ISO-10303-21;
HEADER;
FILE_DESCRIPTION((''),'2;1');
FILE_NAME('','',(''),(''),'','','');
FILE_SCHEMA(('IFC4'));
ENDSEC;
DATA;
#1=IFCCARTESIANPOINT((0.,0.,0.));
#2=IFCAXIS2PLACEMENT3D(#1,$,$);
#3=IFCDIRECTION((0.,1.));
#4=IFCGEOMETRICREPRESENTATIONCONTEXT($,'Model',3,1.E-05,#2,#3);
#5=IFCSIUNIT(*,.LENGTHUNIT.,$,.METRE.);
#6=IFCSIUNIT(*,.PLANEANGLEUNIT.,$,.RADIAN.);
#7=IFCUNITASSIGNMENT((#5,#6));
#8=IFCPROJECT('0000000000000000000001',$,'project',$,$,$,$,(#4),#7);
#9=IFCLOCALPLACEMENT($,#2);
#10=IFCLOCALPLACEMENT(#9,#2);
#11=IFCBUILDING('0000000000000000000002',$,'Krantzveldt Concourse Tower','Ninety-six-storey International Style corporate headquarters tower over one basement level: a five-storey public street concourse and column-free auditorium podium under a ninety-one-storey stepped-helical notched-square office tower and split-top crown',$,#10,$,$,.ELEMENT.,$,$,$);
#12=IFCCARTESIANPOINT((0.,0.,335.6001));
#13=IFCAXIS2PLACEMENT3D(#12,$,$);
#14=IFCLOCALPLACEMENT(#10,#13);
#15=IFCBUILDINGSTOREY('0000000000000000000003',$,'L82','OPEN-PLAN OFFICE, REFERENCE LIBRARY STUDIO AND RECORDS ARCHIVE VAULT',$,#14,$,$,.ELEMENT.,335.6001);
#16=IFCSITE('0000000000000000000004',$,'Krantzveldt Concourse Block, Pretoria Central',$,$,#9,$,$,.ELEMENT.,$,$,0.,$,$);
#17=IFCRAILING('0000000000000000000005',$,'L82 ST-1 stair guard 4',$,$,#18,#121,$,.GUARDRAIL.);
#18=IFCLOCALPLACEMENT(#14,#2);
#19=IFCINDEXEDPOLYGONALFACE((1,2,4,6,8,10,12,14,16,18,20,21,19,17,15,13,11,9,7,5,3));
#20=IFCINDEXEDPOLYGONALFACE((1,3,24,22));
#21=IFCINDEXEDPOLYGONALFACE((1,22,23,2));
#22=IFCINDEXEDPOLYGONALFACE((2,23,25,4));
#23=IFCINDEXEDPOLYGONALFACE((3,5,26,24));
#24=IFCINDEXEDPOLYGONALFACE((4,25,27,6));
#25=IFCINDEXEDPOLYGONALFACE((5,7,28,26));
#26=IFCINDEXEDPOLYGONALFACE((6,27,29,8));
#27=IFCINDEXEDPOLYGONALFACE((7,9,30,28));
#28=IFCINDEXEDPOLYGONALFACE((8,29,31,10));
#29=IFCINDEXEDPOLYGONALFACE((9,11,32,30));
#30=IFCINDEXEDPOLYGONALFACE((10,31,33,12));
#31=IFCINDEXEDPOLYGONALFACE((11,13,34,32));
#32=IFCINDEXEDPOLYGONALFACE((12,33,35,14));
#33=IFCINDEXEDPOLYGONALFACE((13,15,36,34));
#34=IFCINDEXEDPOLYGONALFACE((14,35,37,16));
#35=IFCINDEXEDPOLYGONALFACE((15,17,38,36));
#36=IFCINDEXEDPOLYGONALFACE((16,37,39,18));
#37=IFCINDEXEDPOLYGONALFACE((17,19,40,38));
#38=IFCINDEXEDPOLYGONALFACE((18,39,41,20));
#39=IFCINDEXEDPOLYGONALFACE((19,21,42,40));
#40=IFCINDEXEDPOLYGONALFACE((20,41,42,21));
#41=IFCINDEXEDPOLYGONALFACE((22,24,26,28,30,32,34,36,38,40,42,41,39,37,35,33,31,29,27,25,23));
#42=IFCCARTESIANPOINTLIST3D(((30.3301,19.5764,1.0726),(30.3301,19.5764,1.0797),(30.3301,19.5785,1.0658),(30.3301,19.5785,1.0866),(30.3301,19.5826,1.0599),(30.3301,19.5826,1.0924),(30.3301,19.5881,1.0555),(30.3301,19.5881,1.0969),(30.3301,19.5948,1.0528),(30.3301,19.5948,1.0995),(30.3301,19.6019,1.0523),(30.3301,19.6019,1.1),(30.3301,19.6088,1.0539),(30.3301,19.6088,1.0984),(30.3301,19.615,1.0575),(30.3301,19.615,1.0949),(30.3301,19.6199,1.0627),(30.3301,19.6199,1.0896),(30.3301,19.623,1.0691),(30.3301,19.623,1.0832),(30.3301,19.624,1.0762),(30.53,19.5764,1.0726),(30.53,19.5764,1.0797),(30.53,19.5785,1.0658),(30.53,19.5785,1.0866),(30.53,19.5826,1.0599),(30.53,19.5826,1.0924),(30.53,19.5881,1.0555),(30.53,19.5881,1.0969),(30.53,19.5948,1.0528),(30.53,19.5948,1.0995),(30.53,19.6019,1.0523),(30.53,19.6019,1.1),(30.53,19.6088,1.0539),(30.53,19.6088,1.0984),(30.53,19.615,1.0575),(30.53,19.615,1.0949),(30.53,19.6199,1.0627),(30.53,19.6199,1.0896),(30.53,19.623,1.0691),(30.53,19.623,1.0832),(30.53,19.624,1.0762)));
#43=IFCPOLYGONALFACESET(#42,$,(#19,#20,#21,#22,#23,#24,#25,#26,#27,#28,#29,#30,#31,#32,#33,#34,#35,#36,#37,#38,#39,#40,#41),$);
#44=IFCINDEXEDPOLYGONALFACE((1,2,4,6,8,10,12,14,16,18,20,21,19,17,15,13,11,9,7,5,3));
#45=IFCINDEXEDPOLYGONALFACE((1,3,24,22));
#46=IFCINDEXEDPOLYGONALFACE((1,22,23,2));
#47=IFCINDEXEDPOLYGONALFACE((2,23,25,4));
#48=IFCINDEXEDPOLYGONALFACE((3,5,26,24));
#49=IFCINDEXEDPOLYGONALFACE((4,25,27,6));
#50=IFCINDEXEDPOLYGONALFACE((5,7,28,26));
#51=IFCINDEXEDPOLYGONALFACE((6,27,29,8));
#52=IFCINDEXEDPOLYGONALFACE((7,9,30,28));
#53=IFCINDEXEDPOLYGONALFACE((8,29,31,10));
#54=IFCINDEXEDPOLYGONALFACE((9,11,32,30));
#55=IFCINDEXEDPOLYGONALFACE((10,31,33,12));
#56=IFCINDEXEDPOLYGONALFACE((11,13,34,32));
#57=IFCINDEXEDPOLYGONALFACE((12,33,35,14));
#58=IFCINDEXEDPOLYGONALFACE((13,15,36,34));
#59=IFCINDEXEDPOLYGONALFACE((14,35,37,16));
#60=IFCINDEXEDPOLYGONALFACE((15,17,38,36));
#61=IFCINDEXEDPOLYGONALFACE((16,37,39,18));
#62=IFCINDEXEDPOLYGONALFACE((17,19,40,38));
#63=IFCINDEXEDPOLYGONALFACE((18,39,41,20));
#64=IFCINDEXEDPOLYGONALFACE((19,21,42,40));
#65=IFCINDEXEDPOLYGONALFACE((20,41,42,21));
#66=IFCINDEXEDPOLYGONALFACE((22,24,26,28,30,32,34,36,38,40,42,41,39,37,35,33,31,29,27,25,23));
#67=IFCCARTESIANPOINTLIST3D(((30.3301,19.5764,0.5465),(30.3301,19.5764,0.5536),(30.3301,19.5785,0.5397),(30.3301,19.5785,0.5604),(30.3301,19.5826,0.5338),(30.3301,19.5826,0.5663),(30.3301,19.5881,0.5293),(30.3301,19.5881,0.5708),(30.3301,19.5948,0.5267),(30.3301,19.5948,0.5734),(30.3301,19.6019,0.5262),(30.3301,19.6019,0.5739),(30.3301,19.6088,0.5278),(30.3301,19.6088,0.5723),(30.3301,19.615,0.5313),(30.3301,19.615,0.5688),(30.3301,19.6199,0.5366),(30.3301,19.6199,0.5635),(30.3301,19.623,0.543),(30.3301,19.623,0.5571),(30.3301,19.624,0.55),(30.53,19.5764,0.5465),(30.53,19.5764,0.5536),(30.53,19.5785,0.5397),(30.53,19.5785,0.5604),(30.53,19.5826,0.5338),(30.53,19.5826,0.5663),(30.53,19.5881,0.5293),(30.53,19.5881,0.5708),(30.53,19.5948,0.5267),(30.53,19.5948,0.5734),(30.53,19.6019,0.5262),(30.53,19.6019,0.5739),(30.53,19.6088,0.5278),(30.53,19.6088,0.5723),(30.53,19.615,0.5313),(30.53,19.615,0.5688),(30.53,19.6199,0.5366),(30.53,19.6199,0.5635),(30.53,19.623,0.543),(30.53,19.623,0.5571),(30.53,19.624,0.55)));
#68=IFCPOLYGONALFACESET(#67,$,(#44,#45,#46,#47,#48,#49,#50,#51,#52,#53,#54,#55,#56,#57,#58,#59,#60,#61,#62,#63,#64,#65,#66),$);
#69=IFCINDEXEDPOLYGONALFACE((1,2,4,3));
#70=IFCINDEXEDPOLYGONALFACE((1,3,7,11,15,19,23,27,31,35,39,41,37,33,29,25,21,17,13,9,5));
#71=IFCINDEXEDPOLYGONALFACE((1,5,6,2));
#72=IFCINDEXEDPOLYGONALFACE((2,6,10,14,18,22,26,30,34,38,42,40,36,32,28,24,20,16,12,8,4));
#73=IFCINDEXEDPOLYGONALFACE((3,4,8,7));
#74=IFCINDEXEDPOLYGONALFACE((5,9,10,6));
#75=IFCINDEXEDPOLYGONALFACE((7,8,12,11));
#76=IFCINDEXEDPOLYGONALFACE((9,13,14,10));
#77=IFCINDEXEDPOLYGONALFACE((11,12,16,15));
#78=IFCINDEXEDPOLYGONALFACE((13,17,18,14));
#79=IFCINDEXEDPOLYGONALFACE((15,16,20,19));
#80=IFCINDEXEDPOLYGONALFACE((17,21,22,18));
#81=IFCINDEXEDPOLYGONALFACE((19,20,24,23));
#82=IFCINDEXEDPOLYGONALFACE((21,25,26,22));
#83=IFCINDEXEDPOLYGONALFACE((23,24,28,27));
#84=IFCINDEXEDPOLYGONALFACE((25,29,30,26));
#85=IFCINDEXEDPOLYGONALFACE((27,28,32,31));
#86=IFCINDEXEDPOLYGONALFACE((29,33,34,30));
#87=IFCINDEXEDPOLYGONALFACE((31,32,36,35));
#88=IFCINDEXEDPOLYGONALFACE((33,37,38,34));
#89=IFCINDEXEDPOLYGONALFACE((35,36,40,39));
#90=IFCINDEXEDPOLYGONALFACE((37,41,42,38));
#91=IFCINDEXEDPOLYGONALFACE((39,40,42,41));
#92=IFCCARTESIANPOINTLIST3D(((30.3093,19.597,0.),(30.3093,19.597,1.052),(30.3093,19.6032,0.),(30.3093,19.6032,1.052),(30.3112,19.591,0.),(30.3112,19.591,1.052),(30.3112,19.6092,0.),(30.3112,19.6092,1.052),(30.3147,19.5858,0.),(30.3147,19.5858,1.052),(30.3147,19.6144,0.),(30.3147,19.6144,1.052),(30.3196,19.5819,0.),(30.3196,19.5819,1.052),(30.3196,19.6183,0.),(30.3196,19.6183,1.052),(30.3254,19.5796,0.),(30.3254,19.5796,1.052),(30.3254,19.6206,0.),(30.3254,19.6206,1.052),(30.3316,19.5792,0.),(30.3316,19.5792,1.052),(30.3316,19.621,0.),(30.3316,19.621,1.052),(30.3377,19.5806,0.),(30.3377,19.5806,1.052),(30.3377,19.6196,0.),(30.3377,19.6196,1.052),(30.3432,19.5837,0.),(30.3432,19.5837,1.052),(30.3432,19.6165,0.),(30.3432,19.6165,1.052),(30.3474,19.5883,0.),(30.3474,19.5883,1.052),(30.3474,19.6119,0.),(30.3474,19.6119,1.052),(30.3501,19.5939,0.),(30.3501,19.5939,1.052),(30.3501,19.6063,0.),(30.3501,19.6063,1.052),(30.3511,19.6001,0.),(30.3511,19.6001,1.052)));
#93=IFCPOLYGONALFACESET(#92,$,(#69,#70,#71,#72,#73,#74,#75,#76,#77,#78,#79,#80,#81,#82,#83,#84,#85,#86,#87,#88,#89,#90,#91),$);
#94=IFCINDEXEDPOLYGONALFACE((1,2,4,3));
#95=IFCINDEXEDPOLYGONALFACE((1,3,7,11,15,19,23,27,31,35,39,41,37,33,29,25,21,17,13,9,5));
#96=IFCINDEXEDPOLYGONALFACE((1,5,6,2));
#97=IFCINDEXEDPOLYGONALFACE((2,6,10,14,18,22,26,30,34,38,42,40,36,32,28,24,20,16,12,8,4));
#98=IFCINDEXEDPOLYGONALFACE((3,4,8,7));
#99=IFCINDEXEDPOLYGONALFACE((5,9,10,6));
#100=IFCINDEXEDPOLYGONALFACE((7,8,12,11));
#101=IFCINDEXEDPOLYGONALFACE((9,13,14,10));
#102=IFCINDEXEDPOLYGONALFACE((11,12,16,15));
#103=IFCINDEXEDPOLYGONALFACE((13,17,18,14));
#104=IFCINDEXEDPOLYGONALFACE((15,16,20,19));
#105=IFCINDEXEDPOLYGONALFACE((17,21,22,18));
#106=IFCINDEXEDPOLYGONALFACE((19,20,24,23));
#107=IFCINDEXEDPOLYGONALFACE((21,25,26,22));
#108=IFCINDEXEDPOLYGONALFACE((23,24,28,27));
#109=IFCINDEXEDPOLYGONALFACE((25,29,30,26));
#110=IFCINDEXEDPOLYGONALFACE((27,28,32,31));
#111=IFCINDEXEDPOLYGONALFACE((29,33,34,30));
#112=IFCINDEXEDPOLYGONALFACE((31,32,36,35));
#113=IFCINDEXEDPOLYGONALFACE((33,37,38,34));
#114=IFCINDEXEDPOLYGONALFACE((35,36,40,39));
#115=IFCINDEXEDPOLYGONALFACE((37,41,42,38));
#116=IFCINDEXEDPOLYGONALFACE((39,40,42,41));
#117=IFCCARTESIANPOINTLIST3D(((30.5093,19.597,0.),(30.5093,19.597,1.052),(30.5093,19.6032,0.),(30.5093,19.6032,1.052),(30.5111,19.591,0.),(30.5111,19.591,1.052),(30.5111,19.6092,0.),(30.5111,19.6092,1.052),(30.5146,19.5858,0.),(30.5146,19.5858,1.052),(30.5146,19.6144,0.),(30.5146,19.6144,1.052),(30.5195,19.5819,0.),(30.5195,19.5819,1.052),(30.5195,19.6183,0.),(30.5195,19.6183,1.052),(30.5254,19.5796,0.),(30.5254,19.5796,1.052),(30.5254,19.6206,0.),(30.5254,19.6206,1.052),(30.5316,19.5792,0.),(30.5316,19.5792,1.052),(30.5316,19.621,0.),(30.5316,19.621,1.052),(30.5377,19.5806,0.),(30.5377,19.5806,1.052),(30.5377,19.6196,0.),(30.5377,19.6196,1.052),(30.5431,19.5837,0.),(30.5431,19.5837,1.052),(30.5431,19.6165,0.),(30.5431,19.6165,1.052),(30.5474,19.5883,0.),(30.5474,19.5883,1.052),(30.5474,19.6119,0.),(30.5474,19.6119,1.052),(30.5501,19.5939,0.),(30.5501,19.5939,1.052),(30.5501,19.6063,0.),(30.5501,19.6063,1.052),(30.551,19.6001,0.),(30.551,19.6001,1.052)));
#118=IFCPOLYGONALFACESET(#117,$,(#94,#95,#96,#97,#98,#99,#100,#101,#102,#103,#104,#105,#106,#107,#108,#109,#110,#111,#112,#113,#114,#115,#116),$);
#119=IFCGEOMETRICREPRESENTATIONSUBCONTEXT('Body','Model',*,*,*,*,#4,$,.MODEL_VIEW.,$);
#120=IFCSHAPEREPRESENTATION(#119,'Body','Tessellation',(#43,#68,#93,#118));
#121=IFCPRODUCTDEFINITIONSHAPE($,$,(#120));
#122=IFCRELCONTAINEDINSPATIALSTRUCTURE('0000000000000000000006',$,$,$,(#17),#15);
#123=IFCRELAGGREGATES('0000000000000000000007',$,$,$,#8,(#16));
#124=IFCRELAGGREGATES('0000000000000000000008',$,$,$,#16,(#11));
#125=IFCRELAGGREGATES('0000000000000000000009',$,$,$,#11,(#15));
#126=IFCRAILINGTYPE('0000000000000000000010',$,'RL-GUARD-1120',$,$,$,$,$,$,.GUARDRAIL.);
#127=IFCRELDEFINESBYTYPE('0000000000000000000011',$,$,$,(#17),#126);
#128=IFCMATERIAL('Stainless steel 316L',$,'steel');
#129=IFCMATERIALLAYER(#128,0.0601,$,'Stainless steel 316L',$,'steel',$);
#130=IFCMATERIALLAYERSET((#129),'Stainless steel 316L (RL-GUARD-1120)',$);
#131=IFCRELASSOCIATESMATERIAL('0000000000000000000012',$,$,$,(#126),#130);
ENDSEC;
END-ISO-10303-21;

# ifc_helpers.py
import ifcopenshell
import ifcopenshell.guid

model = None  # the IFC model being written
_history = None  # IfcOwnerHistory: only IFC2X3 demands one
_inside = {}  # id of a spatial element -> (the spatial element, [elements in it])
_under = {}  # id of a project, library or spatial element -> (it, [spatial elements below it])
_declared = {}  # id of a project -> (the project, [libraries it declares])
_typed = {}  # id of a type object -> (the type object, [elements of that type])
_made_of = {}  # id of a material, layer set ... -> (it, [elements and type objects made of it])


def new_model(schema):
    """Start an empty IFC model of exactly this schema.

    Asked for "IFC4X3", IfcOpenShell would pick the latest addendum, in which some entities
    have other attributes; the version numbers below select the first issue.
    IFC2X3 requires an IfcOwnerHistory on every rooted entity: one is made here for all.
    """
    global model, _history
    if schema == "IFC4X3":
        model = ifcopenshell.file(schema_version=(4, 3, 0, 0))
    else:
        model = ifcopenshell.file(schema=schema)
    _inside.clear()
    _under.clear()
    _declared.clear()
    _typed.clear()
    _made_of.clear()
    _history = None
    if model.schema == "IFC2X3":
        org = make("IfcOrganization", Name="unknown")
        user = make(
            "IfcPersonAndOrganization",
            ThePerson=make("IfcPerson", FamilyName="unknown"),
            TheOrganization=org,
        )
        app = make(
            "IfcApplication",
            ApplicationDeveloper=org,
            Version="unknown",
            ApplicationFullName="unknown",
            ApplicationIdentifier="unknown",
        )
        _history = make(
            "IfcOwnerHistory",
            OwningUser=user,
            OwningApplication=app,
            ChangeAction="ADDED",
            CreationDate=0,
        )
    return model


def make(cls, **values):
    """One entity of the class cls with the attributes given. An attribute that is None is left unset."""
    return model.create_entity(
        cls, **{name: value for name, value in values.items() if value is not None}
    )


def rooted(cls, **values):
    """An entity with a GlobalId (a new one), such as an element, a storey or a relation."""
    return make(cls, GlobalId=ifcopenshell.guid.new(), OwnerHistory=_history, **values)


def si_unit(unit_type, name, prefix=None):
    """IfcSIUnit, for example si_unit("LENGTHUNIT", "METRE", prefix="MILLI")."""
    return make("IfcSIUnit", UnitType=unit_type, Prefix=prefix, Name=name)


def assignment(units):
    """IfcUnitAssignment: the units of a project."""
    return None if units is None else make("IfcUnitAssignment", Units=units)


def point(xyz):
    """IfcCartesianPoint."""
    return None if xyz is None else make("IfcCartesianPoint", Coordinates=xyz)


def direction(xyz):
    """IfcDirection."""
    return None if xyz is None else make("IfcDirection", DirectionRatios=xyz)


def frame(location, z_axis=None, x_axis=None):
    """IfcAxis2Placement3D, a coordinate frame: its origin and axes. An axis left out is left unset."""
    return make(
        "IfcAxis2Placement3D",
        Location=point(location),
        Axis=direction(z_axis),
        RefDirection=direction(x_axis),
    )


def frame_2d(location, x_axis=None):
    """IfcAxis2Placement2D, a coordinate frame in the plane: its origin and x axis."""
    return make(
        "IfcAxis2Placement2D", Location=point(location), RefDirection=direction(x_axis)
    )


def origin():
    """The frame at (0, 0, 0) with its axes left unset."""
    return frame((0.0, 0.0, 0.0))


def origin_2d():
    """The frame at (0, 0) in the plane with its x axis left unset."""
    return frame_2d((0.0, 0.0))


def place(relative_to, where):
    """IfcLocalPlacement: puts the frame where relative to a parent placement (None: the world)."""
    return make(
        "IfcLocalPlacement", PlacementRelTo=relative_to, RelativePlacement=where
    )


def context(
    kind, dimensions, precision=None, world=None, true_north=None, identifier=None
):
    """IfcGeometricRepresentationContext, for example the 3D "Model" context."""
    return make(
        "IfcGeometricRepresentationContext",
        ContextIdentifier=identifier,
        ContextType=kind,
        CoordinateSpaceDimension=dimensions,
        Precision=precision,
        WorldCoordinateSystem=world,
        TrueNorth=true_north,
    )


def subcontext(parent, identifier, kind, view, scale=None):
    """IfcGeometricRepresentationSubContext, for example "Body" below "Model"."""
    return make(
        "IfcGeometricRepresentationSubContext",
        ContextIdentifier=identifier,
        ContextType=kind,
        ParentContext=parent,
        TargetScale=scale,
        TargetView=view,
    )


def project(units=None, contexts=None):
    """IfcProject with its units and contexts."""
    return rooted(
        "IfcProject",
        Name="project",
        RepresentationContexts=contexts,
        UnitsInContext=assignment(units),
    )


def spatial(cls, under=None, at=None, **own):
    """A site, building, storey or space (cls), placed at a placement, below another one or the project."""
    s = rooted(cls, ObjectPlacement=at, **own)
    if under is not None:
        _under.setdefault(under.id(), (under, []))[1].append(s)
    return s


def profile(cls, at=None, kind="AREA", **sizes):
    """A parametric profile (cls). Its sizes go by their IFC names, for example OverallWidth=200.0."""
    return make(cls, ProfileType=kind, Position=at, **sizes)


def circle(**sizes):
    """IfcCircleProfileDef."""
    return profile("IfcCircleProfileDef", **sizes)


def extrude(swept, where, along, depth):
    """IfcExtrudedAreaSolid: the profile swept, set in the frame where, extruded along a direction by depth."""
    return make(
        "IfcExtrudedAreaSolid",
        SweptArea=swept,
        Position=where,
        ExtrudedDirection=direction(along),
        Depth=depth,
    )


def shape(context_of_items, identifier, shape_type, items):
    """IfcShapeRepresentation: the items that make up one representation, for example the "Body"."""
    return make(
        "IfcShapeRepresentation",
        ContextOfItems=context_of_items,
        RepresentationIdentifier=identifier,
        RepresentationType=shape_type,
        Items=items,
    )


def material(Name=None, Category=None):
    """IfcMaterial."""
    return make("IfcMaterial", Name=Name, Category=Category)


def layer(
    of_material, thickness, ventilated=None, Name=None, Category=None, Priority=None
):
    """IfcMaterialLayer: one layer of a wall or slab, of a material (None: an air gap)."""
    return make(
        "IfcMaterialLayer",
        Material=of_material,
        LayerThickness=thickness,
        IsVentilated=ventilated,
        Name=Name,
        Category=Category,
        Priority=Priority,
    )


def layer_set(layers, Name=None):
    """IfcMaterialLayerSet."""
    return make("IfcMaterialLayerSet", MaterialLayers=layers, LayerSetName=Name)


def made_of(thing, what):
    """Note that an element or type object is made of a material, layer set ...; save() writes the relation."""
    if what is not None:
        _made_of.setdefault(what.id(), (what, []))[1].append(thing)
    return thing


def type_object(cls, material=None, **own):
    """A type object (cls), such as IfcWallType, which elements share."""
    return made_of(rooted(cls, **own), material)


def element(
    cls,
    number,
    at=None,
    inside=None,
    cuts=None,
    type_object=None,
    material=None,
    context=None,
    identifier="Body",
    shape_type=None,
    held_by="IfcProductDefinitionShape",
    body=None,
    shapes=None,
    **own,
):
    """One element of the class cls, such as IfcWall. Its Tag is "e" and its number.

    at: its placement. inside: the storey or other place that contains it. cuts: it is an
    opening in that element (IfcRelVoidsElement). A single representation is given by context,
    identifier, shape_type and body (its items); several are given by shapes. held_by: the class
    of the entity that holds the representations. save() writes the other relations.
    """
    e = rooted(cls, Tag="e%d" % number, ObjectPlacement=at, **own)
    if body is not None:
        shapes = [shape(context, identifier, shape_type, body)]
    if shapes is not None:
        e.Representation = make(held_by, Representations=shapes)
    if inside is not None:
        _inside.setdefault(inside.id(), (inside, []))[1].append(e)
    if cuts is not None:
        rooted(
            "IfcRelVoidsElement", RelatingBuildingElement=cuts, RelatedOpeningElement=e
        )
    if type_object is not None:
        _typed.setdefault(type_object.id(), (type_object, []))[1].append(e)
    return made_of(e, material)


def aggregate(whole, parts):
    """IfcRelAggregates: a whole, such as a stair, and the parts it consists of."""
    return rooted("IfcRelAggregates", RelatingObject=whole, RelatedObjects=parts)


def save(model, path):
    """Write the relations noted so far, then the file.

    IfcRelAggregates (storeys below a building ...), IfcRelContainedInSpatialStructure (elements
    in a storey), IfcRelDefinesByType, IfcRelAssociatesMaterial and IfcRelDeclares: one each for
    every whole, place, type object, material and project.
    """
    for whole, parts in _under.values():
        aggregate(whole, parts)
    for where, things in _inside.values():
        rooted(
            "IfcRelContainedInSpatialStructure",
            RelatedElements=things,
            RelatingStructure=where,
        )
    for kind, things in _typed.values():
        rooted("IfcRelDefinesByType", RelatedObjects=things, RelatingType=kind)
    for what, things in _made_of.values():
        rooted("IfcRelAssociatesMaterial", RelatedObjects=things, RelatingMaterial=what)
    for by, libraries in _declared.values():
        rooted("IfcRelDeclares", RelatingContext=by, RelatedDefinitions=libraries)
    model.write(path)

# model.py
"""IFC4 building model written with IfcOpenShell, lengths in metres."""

from ifc_helpers import new_model, si_unit, direction, frame, origin, origin_2d, place, context, subcontext, project, spatial, circle, extrude, material, layer, layer_set, type_object, element, save


model = new_model("IFC4")

# Units and contexts
model_context = context("Model", 3, precision=1e-05, world=origin(), true_north=direction((0.0, 1.0)))
body_context = subcontext(model_context, "Body", "Model", "MODEL_VIEW")
ifc_project = project(units=[si_unit("LENGTHUNIT", "METRE"), si_unit("PLANEANGLEUNIT", "RADIAN")], contexts=[model_context])

# Site, building, storey
site_placement = place(None, origin())
site = spatial("IfcSite", under=ifc_project, at=site_placement, Name="Krantzveldt Concourse Block, Pretoria Central", CompositionType="ELEMENT", RefElevation=0.0)
building_placement = place(site_placement, origin())
building = spatial("IfcBuilding", under=site, at=building_placement, Name="Krantzveldt Concourse Tower", Description="Ninety-six-storey International Style corporate headquarters tower over one basement level: a five-storey public street concourse and column-free auditorium podium under a ninety-one-storey stepped-helical notched-square office tower and split-top crown", CompositionType="ELEMENT")
storey_placement = place(building_placement, frame((0.0, 0.0, 335.6001)))
storey = spatial("IfcBuildingStorey", under=building, at=storey_placement, Name="L82", Description="OPEN-PLAN OFFICE, REFERENCE LIBRARY STUDIO AND RECORDS ARCHIVE VAULT", CompositionType="ELEMENT", Elevation=335.6001)

# Shared definitions
ifc_material_1 = material(Name="Stainless steel 316L", Category="steel")

# Railing
ifc_layer_1 = layer(ifc_material_1, 0.0601, Name="Stainless steel 316L", Category="steel")
ifc_layer_set_1 = layer_set([ifc_layer_1], Name="Stainless steel 316L (RL-GUARD-1120)")
railing_type_1 = type_object("IfcRailingType", Name="RL-GUARD-1120", PredefinedType="GUARDRAIL", material=ifc_layer_set_1)
railing_1_placement = place(storey_placement, frame((30.3301, 19.6001, 0.0)))
element("IfcRailing", 1, at=railing_1_placement, inside=storey, type_object=railing_type_1, Name="L82 ST-1 stair guard 4", PredefinedType="GUARDRAIL", context=body_context, shape_type="SweptSolid", body=[
    extrude(circle(Radius=0.0239, at=origin_2d()), frame((0.0, 0.0, 1.0762), z_axis=(1.0, 0.0, 0.0), x_axis=(0.0, 1.0, 0.0)), (0.0, 0.0, 1.0), 0.2),
    extrude(circle(Radius=0.0239, at=origin_2d()), frame((0.0, 0.0, 0.55), z_axis=(1.0, 0.0, 0.0), x_axis=(0.0, 1.0, 0.0)), (0.0, 0.0, 1.0), 0.2),
    extrude(circle(Radius=0.021, at=origin_2d()), origin(), (0.0, 0.0, 1.0), 1.052),
    extrude(circle(Radius=0.021, at=origin_2d()), frame((0.2, 0.0, 0.0)), (0.0, 0.0, 1.0), 1.052),
])

save(model, "model.ifc")
